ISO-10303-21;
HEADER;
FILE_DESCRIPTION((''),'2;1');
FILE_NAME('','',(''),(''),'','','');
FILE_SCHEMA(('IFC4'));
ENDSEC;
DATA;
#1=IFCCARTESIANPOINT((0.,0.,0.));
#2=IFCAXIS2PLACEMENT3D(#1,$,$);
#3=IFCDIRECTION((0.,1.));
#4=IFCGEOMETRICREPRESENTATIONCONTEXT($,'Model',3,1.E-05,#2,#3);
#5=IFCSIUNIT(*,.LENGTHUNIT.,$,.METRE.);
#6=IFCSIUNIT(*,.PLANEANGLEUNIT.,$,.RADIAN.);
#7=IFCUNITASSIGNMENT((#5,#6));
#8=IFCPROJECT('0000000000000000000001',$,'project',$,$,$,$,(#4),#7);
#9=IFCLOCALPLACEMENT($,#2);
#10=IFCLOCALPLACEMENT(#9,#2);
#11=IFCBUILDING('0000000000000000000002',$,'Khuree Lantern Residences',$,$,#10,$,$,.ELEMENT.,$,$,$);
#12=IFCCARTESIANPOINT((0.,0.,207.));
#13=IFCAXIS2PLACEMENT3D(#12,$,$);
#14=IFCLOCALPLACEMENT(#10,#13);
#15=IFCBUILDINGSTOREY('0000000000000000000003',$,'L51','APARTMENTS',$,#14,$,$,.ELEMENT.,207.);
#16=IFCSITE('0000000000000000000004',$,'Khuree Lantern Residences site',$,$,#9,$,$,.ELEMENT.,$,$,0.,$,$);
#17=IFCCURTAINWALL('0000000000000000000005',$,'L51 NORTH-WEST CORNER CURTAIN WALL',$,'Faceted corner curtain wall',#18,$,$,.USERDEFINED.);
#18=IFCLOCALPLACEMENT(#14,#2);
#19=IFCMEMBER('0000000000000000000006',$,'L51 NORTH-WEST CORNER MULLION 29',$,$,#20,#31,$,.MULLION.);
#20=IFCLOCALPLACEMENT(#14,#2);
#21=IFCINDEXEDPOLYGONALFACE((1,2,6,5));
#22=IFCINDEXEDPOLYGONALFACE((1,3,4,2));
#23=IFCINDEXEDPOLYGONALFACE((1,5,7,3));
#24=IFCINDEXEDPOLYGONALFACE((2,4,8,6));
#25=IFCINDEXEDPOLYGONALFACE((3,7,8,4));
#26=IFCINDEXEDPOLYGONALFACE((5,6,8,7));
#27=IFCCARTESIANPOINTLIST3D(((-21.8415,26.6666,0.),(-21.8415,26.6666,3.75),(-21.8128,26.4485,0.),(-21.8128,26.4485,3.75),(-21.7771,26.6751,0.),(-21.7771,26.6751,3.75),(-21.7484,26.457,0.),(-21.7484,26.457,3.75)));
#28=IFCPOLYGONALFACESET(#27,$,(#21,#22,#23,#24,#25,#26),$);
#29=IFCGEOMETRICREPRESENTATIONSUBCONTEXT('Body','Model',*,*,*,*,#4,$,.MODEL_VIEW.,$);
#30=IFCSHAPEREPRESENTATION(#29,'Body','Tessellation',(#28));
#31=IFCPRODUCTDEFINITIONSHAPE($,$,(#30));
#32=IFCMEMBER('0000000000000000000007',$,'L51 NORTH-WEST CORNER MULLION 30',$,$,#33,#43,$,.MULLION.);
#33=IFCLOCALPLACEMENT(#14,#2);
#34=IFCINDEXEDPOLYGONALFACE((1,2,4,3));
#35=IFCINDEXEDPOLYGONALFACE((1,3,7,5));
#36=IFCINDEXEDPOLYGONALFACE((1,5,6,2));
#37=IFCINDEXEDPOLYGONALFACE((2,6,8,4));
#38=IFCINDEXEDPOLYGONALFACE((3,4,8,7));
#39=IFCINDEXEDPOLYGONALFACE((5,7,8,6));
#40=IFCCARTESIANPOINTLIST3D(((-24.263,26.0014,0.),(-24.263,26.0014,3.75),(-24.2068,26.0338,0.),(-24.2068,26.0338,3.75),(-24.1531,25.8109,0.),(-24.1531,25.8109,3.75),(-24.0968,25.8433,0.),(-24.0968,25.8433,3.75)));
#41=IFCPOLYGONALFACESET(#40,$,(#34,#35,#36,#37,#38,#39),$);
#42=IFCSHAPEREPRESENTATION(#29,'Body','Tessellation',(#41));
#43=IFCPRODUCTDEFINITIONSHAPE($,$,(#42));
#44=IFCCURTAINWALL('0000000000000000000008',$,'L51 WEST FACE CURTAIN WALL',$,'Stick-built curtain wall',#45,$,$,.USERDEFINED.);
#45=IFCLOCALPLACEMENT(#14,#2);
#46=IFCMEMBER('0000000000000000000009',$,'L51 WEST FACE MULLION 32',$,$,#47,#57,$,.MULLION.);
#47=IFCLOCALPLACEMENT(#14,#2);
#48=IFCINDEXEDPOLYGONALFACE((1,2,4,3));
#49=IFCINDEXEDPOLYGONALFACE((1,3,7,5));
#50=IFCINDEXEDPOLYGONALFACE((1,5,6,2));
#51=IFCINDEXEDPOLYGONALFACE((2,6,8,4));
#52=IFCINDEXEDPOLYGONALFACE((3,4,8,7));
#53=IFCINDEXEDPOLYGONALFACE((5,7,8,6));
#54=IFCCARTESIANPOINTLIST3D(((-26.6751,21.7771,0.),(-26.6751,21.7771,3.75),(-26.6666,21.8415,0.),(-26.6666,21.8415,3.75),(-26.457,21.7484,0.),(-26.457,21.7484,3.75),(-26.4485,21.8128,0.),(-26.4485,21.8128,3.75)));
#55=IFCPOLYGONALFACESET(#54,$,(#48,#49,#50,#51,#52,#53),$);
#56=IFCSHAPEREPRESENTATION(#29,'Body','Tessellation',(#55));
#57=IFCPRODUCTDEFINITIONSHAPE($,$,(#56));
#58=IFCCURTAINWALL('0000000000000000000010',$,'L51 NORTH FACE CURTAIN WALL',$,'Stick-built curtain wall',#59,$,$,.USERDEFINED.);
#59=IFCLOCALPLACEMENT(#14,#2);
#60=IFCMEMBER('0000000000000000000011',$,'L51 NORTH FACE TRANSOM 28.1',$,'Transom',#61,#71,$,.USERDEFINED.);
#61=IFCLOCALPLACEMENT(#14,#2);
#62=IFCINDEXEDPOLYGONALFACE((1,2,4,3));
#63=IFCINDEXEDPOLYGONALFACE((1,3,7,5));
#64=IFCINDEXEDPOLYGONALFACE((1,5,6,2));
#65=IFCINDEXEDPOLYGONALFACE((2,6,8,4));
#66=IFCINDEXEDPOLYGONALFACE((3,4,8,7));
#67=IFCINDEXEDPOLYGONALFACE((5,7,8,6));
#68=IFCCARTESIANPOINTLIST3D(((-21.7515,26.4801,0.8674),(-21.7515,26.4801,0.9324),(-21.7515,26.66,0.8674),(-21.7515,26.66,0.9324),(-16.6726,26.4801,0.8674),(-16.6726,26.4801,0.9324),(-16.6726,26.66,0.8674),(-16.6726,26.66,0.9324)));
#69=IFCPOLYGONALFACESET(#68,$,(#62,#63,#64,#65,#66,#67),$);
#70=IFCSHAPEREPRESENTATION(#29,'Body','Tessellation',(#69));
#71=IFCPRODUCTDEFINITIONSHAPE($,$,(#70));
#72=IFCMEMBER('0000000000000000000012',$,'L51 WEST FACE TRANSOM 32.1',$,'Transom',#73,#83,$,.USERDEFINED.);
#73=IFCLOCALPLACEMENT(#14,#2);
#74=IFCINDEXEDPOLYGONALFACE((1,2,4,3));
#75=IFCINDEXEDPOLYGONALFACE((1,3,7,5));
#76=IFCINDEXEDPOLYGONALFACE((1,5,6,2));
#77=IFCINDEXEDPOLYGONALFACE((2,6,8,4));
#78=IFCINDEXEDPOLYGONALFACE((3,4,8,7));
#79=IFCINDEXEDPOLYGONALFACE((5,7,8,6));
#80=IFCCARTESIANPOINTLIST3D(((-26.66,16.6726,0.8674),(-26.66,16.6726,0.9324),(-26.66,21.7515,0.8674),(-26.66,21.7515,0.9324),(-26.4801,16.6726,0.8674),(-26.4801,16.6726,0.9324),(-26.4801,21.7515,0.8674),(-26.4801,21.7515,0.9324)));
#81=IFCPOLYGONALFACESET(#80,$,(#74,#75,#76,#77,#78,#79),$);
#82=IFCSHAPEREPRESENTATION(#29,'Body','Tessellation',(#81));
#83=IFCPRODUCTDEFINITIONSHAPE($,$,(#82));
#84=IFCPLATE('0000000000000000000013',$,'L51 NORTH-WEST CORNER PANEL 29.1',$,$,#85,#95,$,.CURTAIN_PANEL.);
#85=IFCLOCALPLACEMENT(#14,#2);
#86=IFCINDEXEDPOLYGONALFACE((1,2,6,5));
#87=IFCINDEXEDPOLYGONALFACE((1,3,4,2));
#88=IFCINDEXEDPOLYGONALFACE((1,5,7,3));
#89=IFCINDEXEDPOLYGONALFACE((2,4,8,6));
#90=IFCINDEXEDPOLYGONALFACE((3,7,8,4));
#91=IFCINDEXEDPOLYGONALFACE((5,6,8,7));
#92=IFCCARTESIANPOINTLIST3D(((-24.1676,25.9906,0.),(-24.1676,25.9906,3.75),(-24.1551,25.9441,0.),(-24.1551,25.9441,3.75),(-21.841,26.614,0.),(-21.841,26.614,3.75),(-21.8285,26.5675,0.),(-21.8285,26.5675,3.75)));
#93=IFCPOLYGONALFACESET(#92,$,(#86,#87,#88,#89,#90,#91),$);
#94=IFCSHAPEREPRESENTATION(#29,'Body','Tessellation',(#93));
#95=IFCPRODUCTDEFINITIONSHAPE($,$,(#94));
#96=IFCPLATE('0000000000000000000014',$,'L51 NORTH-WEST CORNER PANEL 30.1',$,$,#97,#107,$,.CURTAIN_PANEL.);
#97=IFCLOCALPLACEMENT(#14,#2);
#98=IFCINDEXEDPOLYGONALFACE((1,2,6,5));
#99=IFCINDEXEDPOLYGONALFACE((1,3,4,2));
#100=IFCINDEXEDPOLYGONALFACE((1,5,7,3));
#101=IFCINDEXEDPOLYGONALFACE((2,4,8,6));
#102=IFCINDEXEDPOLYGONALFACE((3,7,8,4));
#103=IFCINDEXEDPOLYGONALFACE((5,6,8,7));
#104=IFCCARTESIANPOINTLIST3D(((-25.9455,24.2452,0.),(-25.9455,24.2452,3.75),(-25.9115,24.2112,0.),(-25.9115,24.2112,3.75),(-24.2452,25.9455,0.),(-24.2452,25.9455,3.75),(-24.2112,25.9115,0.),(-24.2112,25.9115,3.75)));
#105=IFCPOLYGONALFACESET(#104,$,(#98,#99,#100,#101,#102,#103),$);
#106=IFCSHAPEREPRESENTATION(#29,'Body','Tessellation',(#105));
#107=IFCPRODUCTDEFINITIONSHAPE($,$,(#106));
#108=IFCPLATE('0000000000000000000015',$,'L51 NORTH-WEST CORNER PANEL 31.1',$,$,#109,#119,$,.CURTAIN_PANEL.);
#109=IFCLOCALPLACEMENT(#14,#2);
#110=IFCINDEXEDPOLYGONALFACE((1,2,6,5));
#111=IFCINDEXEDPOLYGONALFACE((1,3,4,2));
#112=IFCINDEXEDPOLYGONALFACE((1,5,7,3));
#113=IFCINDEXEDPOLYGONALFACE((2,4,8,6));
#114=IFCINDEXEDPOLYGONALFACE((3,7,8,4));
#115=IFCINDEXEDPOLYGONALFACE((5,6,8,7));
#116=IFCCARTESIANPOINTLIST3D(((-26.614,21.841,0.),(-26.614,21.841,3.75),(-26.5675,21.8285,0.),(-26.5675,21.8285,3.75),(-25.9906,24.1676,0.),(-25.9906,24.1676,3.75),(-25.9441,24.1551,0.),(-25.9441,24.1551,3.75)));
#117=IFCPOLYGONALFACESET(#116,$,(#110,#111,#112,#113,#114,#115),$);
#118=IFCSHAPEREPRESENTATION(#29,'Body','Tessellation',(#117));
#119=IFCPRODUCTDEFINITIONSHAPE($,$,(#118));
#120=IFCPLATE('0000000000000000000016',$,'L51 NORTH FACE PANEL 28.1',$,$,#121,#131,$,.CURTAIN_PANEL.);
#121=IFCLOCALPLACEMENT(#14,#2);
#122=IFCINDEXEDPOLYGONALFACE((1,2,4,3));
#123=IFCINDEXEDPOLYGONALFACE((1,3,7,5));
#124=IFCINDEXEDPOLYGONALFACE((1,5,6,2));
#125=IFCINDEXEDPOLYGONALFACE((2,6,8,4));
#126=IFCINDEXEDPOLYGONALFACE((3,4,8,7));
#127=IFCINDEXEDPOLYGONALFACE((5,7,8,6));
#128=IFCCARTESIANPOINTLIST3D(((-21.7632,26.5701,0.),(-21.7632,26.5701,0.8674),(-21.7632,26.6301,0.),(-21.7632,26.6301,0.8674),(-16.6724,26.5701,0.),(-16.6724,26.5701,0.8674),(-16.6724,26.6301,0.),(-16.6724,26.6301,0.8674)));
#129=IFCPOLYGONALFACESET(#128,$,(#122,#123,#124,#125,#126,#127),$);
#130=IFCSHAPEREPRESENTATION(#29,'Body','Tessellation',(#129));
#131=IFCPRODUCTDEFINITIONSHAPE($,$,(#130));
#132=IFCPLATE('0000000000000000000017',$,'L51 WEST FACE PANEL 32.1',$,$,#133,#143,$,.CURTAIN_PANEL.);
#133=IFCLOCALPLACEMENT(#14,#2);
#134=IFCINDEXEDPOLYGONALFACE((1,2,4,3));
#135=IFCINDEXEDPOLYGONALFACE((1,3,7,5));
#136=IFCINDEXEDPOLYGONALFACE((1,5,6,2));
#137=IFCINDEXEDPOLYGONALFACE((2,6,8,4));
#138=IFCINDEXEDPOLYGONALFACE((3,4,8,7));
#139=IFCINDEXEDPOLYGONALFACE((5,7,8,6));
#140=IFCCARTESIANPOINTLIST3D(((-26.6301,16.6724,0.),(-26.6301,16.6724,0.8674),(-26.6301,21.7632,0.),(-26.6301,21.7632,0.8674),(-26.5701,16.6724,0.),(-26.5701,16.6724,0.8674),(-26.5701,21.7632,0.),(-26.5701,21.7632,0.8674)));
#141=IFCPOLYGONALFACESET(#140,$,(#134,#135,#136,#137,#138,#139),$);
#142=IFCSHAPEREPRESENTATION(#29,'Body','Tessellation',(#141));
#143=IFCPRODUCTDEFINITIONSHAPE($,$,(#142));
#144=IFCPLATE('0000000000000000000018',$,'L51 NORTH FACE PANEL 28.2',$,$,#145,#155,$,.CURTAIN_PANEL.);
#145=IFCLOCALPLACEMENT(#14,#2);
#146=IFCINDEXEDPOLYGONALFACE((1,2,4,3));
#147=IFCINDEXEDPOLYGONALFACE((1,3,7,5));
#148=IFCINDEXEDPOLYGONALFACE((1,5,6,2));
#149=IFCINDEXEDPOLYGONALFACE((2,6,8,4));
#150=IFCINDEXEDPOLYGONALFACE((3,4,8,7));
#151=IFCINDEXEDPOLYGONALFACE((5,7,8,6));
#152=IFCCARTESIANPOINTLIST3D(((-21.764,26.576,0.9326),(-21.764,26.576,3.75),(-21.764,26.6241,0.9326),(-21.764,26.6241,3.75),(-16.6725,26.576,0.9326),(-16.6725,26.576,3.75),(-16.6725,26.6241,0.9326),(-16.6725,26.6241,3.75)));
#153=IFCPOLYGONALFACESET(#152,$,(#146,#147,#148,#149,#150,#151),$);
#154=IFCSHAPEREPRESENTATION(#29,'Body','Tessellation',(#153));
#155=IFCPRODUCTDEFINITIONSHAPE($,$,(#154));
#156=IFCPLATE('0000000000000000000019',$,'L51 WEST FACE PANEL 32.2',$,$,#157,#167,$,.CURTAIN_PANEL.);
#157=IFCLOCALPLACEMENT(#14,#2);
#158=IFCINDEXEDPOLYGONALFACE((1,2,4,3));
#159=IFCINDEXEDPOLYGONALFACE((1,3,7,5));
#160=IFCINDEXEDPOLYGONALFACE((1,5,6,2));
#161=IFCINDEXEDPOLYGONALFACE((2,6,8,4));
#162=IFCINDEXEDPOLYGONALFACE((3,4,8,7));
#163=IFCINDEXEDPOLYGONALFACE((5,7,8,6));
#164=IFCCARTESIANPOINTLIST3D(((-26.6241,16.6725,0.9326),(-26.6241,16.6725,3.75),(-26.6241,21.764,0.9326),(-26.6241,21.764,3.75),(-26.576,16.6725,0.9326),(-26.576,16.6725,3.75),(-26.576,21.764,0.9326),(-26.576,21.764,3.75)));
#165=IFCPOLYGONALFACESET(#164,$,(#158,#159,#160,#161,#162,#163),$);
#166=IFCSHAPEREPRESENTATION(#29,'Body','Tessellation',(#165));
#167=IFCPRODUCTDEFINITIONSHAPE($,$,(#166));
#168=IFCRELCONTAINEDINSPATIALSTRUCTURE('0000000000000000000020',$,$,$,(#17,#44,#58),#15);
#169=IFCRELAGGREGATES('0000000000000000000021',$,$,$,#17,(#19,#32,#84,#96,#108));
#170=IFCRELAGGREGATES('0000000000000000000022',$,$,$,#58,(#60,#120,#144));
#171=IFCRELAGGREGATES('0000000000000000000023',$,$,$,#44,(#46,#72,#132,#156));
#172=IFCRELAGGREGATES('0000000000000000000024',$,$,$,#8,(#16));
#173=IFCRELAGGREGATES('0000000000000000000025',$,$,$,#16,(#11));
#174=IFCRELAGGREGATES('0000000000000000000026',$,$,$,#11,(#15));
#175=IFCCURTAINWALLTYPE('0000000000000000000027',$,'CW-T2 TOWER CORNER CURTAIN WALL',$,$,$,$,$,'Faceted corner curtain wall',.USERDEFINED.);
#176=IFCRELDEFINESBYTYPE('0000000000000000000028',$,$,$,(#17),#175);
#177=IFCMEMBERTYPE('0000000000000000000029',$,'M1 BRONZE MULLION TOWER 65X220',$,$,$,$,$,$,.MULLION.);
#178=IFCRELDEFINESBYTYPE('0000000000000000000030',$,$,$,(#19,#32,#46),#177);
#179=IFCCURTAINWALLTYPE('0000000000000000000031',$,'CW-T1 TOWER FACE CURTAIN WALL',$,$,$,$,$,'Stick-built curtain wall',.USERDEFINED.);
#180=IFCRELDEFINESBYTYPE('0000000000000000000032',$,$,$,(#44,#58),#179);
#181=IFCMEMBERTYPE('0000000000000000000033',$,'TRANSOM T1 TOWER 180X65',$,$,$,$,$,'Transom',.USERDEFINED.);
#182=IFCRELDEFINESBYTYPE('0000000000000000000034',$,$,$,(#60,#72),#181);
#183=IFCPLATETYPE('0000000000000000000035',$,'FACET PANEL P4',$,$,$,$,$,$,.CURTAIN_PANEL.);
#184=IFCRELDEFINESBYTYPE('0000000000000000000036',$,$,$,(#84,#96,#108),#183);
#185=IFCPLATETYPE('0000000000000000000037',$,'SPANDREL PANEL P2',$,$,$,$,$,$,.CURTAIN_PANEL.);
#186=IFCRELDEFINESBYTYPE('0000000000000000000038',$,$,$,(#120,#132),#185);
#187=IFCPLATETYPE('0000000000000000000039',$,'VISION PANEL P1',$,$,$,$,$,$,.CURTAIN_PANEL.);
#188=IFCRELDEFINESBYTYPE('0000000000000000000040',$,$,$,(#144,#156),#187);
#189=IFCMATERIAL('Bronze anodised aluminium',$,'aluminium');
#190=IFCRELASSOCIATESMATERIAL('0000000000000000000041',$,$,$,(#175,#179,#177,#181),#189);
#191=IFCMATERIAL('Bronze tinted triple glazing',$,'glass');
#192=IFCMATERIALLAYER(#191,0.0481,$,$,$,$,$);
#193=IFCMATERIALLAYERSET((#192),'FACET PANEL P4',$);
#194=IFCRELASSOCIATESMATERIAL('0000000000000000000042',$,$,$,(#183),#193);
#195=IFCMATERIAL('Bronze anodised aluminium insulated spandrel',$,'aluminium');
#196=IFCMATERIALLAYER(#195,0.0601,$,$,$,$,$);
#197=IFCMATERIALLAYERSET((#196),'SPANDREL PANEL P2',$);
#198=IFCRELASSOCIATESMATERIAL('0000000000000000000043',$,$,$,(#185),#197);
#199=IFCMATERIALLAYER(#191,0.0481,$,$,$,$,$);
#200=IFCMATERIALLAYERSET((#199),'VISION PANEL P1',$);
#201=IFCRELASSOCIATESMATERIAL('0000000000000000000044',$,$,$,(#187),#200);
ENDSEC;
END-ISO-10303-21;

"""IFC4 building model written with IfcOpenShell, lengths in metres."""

from ifc_helpers import new_model, si_unit, direction, frame, origin, origin_2d, place, context, subcontext, project, spatial, rectangle, extrude, material, layer, layer_set, material_profile, profile_set, type_object, element, aggregate, save


model = new_model("IFC4")

# Units and contexts
model_context = context("Model", 3, precision=1e-05, world=origin(), true_north=direction((0.0, 1.0)))
body_context = subcontext(model_context, "Body", "Model", "MODEL_VIEW")
ifc_project = project(units=[si_unit("LENGTHUNIT", "METRE"), si_unit("PLANEANGLEUNIT", "RADIAN")], contexts=[model_context])

# Site, building, storey
site_placement = place(None, origin())
site = spatial("IfcSite", under=ifc_project, at=site_placement, Name="Khuree Lantern Residences site", CompositionType="ELEMENT", RefElevation=0.0)
building_placement = place(site_placement, origin())
building = spatial("IfcBuilding", under=site, at=building_placement, Name="Khuree Lantern Residences", CompositionType="ELEMENT")
storey_placement = place(building_placement, frame((0.0, 0.0, 207.0)))
storey = spatial("IfcBuildingStorey", under=building, at=storey_placement, Name="L51", Description="APARTMENTS", CompositionType="ELEMENT", Elevation=207.0)

# Curtain wall
ifc_material_1 = material(Name="Bronze anodised aluminium", Category="aluminium")
curtain_wall_type_1 = type_object("IfcCurtainWallType", Name="CW-T2 TOWER CORNER CURTAIN WALL", ElementType="Faceted corner curtain wall", PredefinedType="USERDEFINED", material=ifc_material_1)
curtain_wall_1_placement = place(storey_placement, origin())
curtain_wall_1 = element("IfcCurtainWall", 1, at=curtain_wall_1_placement, inside=storey, type_object=curtain_wall_type_1, Name="L51 NORTH-WEST CORNER CURTAIN WALL", ObjectType="Faceted corner curtain wall", PredefinedType="USERDEFINED")

# Members
ifc_material_profile_1 = material_profile(ifc_material_1, rectangle(XDim=0.0649, YDim=0.22, at=origin_2d()), Name="M1 65X220")
ifc_profile_set_1 = profile_set([ifc_material_profile_1], Name="Bronze anodised aluminium")
member_type_1 = type_object("IfcMemberType", Name="M1 BRONZE MULLION TOWER 65X220", PredefinedType="MULLION", material=ifc_profile_set_1)
member_1_placement = place(storey_placement, frame((-21.7949, 26.5618, 0.0), z_axis=(0.0, 0.0, 1.0), x_axis=(-0.991445, -0.130526, 0.0)))
member_1 = element("IfcMember", 2, at=member_1_placement, type_object=member_type_1, Name="L51 NORTH-WEST CORNER MULLION 29", PredefinedType="MULLION", context=body_context, shape_type="SweptSolid", body=[
    extrude(rectangle(XDim=0.0649, YDim=0.22, at=origin_2d()), origin(), (0.0, 0.0, 1.0), 3.75),
])
member_2_placement = place(storey_placement, frame((-24.1799, 25.9224, 0.0), z_axis=(0.0, 0.0, 1.0), x_axis=(-0.866025, -0.5, 0.0)))
member_2 = element("IfcMember", 3, at=member_2_placement, type_object=member_type_1, Name="L51 NORTH-WEST CORNER MULLION 30", PredefinedType="MULLION", context=body_context, shape_type="SweptSolid", body=[
    extrude(rectangle(XDim=0.0649, YDim=0.22, at=origin_2d()), origin(), (0.0, 0.0, 1.0), 3.75),
])

# Curtain walls, members
curtain_wall_type_2 = type_object("IfcCurtainWallType", Name="CW-T1 TOWER FACE CURTAIN WALL", ElementType="Stick-built curtain wall", PredefinedType="USERDEFINED", material=ifc_material_1)
curtain_wall_2_placement = place(storey_placement, origin())
curtain_wall_2 = element("IfcCurtainWall", 4, at=curtain_wall_2_placement, inside=storey, type_object=curtain_wall_type_2, Name="L51 WEST FACE CURTAIN WALL", ObjectType="Stick-built curtain wall", PredefinedType="USERDEFINED")
member_3_placement = place(storey_placement, frame((-26.5618, 21.7949, 0.0), z_axis=(0.0, 0.0, 1.0), x_axis=(-0.130526, -0.991445, 0.0)))
member_3 = element("IfcMember", 5, at=member_3_placement, type_object=member_type_1, Name="L51 WEST FACE MULLION 32", PredefinedType="MULLION", context=body_context, shape_type="SweptSolid", body=[
    extrude(rectangle(XDim=0.0649, YDim=0.22, at=origin_2d()), origin(), (0.0, 0.0, 1.0), 3.75),
])
curtain_wall_3_placement = place(storey_placement, origin())
curtain_wall_3 = element("IfcCurtainWall", 6, at=curtain_wall_3_placement, inside=storey, type_object=curtain_wall_type_2, Name="L51 NORTH FACE CURTAIN WALL", ObjectType="Stick-built curtain wall", PredefinedType="USERDEFINED")
ifc_material_profile_2 = material_profile(ifc_material_1, rectangle(XDim=0.1799, YDim=0.0649, at=origin_2d()), Name="T1 180X65")
ifc_profile_set_2 = profile_set([ifc_material_profile_2], Name="Bronze anodised aluminium")
member_type_2 = type_object("IfcMemberType", Name="TRANSOM T1 TOWER 180X65", ElementType="Transom", PredefinedType="USERDEFINED", material=ifc_profile_set_2)
member_4_placement = place(storey_placement, frame((-16.6726, 26.5701, 0.8999), z_axis=(-1.0, 0.0, 0.0), x_axis=(0.0, -1.0, 0.0)))
member_4 = element("IfcMember", 7, at=member_4_placement, type_object=member_type_2, Name="L51 NORTH FACE TRANSOM 28.1", ObjectType="Transom", PredefinedType="USERDEFINED", context=body_context, shape_type="SweptSolid", body=[
    extrude(rectangle(XDim=0.1799, YDim=0.0649, at=origin_2d()), origin(), (0.0, 0.0, 1.0), 5.0789),
])

# Member
member_5_placement = place(storey_placement, frame((-26.5701, 21.7515, 0.8999), z_axis=(0.0, -1.0, 0.0), x_axis=(1.0, 0.0, 0.0)))
member_5 = element("IfcMember", 8, at=member_5_placement, type_object=member_type_2, Name="L51 WEST FACE TRANSOM 32.1", ObjectType="Transom", PredefinedType="USERDEFINED", context=body_context, shape_type="SweptSolid", body=[
    extrude(rectangle(XDim=0.1799, YDim=0.0649, at=origin_2d()), origin(), (0.0, 0.0, 1.0), 5.0789),
])

# Plates
ifc_material_2 = material(Name="Bronze tinted triple glazing", Category="glass")
ifc_layer_1 = layer(ifc_material_2, 0.0481)
ifc_layer_set_1 = layer_set([ifc_layer_1], Name="FACET PANEL P4")
plate_type_1 = type_object("IfcPlateType", Name="FACET PANEL P4", PredefinedType="CURTAIN_PANEL", material=ifc_layer_set_1)
plate_1_placement = place(storey_placement, frame((-22.998, 26.2791, 0.0), z_axis=(0.0, 0.0, 1.0), x_axis=(-0.965926, -0.258819, 0.0)))
plate_1 = element("IfcPlate", 9, at=plate_1_placement, type_object=plate_type_1, Name="L51 NORTH-WEST CORNER PANEL 29.1", PredefinedType="CURTAIN_PANEL", context=body_context, shape_type="SweptSolid", body=[
    extrude(rectangle(XDim=2.4087, YDim=0.0481, at=origin_2d()), origin(), (0.0, 0.0, 1.0), 3.75),
])
plate_2_placement = place(storey_placement, frame((-25.0784, 25.0784, 0.0), z_axis=(0.0, 0.0, 1.0), x_axis=(-0.707107, -0.707107, 0.0)))
plate_2 = element("IfcPlate", 10, at=plate_2_placement, type_object=plate_type_1, Name="L51 NORTH-WEST CORNER PANEL 30.1", PredefinedType="CURTAIN_PANEL", context=body_context, shape_type="SweptSolid", body=[
    extrude(rectangle(XDim=2.4045, YDim=0.0481, at=origin_2d()), origin(), (0.0, 0.0, 1.0), 3.75),
])
plate_3_placement = place(storey_placement, frame((-26.2791, 22.998, 0.0), z_axis=(0.0, 0.0, 1.0), x_axis=(-0.258819, -0.965926, 0.0)))
plate_3 = element("IfcPlate", 11, at=plate_3_placement, type_object=plate_type_1, Name="L51 NORTH-WEST CORNER PANEL 31.1", PredefinedType="CURTAIN_PANEL", context=body_context, shape_type="SweptSolid", body=[
    extrude(rectangle(XDim=2.4087, YDim=0.0481, at=origin_2d()), origin(), (0.0, 0.0, 1.0), 3.75),
])
aggregate(curtain_wall_1, [member_1, member_2, plate_1, plate_2, plate_3])
ifc_material_3 = material(Name="Bronze anodised aluminium insulated spandrel", Category="aluminium")
ifc_layer_2 = layer(ifc_material_3, 0.0601)
ifc_layer_set_2 = layer_set([ifc_layer_2], Name="SPANDREL PANEL P2")
plate_type_2 = type_object("IfcPlateType", Name="SPANDREL PANEL P2", PredefinedType="CURTAIN_PANEL", material=ifc_layer_set_2)
plate_4_placement = place(storey_placement, frame((-19.2178, 26.6001, 0.0), z_axis=(0.0, 0.0, 1.0), x_axis=(-1.0, 0.0, 0.0)))
plate_4 = element("IfcPlate", 12, at=plate_4_placement, type_object=plate_type_2, Name="L51 NORTH FACE PANEL 28.1", PredefinedType="CURTAIN_PANEL", context=body_context, shape_type="SweptSolid", body=[
    extrude(rectangle(XDim=5.0908, YDim=0.0601, at=origin_2d()), origin(), (0.0, 0.0, 1.0), 0.8674),
])
plate_5_placement = place(storey_placement, frame((-26.6001, 19.2178, 0.0), z_axis=(0.0, 0.0, 1.0), x_axis=(0.0, -1.0, 0.0)))
plate_5 = element("IfcPlate", 13, at=plate_5_placement, type_object=plate_type_2, Name="L51 WEST FACE PANEL 32.1", PredefinedType="CURTAIN_PANEL", context=body_context, shape_type="SweptSolid", body=[
    extrude(rectangle(XDim=5.0908, YDim=0.0601, at=origin_2d()), origin(), (0.0, 0.0, 1.0), 0.8674),
])
ifc_layer_3 = layer(ifc_material_2, 0.0481)
ifc_layer_set_3 = layer_set([ifc_layer_3], Name="VISION PANEL P1")
plate_type_3 = type_object("IfcPlateType", Name="VISION PANEL P1", PredefinedType="CURTAIN_PANEL", material=ifc_layer_set_3)
plate_6_placement = place(storey_placement, frame((-19.2183, 26.6001, 0.9326), z_axis=(0.0, 0.0, 1.0), x_axis=(-1.0, 0.0, 0.0)))
plate_6 = element("IfcPlate", 14, at=plate_6_placement, type_object=plate_type_3, Name="L51 NORTH FACE PANEL 28.2", PredefinedType="CURTAIN_PANEL", context=body_context, shape_type="SweptSolid", body=[
    extrude(rectangle(XDim=5.0916, YDim=0.0481, at=origin_2d()), origin(), (0.0, 0.0, 1.0), 2.8174),
])
aggregate(curtain_wall_3, [member_4, plate_4, plate_6])
plate_7_placement = place(storey_placement, frame((-26.6001, 19.2183, 0.9326), z_axis=(0.0, 0.0, 1.0), x_axis=(0.0, -1.0, 0.0)))
plate_7 = element("IfcPlate", 15, at=plate_7_placement, type_object=plate_type_3, Name="L51 WEST FACE PANEL 32.2", PredefinedType="CURTAIN_PANEL", context=body_context, shape_type="SweptSolid", body=[
    extrude(rectangle(XDim=5.0916, YDim=0.0481, at=origin_2d()), origin(), (0.0, 0.0, 1.0), 2.8174),
])
aggregate(curtain_wall_2, [member_3, member_5, plate_5, plate_7])

save(model, "model.ifc")
